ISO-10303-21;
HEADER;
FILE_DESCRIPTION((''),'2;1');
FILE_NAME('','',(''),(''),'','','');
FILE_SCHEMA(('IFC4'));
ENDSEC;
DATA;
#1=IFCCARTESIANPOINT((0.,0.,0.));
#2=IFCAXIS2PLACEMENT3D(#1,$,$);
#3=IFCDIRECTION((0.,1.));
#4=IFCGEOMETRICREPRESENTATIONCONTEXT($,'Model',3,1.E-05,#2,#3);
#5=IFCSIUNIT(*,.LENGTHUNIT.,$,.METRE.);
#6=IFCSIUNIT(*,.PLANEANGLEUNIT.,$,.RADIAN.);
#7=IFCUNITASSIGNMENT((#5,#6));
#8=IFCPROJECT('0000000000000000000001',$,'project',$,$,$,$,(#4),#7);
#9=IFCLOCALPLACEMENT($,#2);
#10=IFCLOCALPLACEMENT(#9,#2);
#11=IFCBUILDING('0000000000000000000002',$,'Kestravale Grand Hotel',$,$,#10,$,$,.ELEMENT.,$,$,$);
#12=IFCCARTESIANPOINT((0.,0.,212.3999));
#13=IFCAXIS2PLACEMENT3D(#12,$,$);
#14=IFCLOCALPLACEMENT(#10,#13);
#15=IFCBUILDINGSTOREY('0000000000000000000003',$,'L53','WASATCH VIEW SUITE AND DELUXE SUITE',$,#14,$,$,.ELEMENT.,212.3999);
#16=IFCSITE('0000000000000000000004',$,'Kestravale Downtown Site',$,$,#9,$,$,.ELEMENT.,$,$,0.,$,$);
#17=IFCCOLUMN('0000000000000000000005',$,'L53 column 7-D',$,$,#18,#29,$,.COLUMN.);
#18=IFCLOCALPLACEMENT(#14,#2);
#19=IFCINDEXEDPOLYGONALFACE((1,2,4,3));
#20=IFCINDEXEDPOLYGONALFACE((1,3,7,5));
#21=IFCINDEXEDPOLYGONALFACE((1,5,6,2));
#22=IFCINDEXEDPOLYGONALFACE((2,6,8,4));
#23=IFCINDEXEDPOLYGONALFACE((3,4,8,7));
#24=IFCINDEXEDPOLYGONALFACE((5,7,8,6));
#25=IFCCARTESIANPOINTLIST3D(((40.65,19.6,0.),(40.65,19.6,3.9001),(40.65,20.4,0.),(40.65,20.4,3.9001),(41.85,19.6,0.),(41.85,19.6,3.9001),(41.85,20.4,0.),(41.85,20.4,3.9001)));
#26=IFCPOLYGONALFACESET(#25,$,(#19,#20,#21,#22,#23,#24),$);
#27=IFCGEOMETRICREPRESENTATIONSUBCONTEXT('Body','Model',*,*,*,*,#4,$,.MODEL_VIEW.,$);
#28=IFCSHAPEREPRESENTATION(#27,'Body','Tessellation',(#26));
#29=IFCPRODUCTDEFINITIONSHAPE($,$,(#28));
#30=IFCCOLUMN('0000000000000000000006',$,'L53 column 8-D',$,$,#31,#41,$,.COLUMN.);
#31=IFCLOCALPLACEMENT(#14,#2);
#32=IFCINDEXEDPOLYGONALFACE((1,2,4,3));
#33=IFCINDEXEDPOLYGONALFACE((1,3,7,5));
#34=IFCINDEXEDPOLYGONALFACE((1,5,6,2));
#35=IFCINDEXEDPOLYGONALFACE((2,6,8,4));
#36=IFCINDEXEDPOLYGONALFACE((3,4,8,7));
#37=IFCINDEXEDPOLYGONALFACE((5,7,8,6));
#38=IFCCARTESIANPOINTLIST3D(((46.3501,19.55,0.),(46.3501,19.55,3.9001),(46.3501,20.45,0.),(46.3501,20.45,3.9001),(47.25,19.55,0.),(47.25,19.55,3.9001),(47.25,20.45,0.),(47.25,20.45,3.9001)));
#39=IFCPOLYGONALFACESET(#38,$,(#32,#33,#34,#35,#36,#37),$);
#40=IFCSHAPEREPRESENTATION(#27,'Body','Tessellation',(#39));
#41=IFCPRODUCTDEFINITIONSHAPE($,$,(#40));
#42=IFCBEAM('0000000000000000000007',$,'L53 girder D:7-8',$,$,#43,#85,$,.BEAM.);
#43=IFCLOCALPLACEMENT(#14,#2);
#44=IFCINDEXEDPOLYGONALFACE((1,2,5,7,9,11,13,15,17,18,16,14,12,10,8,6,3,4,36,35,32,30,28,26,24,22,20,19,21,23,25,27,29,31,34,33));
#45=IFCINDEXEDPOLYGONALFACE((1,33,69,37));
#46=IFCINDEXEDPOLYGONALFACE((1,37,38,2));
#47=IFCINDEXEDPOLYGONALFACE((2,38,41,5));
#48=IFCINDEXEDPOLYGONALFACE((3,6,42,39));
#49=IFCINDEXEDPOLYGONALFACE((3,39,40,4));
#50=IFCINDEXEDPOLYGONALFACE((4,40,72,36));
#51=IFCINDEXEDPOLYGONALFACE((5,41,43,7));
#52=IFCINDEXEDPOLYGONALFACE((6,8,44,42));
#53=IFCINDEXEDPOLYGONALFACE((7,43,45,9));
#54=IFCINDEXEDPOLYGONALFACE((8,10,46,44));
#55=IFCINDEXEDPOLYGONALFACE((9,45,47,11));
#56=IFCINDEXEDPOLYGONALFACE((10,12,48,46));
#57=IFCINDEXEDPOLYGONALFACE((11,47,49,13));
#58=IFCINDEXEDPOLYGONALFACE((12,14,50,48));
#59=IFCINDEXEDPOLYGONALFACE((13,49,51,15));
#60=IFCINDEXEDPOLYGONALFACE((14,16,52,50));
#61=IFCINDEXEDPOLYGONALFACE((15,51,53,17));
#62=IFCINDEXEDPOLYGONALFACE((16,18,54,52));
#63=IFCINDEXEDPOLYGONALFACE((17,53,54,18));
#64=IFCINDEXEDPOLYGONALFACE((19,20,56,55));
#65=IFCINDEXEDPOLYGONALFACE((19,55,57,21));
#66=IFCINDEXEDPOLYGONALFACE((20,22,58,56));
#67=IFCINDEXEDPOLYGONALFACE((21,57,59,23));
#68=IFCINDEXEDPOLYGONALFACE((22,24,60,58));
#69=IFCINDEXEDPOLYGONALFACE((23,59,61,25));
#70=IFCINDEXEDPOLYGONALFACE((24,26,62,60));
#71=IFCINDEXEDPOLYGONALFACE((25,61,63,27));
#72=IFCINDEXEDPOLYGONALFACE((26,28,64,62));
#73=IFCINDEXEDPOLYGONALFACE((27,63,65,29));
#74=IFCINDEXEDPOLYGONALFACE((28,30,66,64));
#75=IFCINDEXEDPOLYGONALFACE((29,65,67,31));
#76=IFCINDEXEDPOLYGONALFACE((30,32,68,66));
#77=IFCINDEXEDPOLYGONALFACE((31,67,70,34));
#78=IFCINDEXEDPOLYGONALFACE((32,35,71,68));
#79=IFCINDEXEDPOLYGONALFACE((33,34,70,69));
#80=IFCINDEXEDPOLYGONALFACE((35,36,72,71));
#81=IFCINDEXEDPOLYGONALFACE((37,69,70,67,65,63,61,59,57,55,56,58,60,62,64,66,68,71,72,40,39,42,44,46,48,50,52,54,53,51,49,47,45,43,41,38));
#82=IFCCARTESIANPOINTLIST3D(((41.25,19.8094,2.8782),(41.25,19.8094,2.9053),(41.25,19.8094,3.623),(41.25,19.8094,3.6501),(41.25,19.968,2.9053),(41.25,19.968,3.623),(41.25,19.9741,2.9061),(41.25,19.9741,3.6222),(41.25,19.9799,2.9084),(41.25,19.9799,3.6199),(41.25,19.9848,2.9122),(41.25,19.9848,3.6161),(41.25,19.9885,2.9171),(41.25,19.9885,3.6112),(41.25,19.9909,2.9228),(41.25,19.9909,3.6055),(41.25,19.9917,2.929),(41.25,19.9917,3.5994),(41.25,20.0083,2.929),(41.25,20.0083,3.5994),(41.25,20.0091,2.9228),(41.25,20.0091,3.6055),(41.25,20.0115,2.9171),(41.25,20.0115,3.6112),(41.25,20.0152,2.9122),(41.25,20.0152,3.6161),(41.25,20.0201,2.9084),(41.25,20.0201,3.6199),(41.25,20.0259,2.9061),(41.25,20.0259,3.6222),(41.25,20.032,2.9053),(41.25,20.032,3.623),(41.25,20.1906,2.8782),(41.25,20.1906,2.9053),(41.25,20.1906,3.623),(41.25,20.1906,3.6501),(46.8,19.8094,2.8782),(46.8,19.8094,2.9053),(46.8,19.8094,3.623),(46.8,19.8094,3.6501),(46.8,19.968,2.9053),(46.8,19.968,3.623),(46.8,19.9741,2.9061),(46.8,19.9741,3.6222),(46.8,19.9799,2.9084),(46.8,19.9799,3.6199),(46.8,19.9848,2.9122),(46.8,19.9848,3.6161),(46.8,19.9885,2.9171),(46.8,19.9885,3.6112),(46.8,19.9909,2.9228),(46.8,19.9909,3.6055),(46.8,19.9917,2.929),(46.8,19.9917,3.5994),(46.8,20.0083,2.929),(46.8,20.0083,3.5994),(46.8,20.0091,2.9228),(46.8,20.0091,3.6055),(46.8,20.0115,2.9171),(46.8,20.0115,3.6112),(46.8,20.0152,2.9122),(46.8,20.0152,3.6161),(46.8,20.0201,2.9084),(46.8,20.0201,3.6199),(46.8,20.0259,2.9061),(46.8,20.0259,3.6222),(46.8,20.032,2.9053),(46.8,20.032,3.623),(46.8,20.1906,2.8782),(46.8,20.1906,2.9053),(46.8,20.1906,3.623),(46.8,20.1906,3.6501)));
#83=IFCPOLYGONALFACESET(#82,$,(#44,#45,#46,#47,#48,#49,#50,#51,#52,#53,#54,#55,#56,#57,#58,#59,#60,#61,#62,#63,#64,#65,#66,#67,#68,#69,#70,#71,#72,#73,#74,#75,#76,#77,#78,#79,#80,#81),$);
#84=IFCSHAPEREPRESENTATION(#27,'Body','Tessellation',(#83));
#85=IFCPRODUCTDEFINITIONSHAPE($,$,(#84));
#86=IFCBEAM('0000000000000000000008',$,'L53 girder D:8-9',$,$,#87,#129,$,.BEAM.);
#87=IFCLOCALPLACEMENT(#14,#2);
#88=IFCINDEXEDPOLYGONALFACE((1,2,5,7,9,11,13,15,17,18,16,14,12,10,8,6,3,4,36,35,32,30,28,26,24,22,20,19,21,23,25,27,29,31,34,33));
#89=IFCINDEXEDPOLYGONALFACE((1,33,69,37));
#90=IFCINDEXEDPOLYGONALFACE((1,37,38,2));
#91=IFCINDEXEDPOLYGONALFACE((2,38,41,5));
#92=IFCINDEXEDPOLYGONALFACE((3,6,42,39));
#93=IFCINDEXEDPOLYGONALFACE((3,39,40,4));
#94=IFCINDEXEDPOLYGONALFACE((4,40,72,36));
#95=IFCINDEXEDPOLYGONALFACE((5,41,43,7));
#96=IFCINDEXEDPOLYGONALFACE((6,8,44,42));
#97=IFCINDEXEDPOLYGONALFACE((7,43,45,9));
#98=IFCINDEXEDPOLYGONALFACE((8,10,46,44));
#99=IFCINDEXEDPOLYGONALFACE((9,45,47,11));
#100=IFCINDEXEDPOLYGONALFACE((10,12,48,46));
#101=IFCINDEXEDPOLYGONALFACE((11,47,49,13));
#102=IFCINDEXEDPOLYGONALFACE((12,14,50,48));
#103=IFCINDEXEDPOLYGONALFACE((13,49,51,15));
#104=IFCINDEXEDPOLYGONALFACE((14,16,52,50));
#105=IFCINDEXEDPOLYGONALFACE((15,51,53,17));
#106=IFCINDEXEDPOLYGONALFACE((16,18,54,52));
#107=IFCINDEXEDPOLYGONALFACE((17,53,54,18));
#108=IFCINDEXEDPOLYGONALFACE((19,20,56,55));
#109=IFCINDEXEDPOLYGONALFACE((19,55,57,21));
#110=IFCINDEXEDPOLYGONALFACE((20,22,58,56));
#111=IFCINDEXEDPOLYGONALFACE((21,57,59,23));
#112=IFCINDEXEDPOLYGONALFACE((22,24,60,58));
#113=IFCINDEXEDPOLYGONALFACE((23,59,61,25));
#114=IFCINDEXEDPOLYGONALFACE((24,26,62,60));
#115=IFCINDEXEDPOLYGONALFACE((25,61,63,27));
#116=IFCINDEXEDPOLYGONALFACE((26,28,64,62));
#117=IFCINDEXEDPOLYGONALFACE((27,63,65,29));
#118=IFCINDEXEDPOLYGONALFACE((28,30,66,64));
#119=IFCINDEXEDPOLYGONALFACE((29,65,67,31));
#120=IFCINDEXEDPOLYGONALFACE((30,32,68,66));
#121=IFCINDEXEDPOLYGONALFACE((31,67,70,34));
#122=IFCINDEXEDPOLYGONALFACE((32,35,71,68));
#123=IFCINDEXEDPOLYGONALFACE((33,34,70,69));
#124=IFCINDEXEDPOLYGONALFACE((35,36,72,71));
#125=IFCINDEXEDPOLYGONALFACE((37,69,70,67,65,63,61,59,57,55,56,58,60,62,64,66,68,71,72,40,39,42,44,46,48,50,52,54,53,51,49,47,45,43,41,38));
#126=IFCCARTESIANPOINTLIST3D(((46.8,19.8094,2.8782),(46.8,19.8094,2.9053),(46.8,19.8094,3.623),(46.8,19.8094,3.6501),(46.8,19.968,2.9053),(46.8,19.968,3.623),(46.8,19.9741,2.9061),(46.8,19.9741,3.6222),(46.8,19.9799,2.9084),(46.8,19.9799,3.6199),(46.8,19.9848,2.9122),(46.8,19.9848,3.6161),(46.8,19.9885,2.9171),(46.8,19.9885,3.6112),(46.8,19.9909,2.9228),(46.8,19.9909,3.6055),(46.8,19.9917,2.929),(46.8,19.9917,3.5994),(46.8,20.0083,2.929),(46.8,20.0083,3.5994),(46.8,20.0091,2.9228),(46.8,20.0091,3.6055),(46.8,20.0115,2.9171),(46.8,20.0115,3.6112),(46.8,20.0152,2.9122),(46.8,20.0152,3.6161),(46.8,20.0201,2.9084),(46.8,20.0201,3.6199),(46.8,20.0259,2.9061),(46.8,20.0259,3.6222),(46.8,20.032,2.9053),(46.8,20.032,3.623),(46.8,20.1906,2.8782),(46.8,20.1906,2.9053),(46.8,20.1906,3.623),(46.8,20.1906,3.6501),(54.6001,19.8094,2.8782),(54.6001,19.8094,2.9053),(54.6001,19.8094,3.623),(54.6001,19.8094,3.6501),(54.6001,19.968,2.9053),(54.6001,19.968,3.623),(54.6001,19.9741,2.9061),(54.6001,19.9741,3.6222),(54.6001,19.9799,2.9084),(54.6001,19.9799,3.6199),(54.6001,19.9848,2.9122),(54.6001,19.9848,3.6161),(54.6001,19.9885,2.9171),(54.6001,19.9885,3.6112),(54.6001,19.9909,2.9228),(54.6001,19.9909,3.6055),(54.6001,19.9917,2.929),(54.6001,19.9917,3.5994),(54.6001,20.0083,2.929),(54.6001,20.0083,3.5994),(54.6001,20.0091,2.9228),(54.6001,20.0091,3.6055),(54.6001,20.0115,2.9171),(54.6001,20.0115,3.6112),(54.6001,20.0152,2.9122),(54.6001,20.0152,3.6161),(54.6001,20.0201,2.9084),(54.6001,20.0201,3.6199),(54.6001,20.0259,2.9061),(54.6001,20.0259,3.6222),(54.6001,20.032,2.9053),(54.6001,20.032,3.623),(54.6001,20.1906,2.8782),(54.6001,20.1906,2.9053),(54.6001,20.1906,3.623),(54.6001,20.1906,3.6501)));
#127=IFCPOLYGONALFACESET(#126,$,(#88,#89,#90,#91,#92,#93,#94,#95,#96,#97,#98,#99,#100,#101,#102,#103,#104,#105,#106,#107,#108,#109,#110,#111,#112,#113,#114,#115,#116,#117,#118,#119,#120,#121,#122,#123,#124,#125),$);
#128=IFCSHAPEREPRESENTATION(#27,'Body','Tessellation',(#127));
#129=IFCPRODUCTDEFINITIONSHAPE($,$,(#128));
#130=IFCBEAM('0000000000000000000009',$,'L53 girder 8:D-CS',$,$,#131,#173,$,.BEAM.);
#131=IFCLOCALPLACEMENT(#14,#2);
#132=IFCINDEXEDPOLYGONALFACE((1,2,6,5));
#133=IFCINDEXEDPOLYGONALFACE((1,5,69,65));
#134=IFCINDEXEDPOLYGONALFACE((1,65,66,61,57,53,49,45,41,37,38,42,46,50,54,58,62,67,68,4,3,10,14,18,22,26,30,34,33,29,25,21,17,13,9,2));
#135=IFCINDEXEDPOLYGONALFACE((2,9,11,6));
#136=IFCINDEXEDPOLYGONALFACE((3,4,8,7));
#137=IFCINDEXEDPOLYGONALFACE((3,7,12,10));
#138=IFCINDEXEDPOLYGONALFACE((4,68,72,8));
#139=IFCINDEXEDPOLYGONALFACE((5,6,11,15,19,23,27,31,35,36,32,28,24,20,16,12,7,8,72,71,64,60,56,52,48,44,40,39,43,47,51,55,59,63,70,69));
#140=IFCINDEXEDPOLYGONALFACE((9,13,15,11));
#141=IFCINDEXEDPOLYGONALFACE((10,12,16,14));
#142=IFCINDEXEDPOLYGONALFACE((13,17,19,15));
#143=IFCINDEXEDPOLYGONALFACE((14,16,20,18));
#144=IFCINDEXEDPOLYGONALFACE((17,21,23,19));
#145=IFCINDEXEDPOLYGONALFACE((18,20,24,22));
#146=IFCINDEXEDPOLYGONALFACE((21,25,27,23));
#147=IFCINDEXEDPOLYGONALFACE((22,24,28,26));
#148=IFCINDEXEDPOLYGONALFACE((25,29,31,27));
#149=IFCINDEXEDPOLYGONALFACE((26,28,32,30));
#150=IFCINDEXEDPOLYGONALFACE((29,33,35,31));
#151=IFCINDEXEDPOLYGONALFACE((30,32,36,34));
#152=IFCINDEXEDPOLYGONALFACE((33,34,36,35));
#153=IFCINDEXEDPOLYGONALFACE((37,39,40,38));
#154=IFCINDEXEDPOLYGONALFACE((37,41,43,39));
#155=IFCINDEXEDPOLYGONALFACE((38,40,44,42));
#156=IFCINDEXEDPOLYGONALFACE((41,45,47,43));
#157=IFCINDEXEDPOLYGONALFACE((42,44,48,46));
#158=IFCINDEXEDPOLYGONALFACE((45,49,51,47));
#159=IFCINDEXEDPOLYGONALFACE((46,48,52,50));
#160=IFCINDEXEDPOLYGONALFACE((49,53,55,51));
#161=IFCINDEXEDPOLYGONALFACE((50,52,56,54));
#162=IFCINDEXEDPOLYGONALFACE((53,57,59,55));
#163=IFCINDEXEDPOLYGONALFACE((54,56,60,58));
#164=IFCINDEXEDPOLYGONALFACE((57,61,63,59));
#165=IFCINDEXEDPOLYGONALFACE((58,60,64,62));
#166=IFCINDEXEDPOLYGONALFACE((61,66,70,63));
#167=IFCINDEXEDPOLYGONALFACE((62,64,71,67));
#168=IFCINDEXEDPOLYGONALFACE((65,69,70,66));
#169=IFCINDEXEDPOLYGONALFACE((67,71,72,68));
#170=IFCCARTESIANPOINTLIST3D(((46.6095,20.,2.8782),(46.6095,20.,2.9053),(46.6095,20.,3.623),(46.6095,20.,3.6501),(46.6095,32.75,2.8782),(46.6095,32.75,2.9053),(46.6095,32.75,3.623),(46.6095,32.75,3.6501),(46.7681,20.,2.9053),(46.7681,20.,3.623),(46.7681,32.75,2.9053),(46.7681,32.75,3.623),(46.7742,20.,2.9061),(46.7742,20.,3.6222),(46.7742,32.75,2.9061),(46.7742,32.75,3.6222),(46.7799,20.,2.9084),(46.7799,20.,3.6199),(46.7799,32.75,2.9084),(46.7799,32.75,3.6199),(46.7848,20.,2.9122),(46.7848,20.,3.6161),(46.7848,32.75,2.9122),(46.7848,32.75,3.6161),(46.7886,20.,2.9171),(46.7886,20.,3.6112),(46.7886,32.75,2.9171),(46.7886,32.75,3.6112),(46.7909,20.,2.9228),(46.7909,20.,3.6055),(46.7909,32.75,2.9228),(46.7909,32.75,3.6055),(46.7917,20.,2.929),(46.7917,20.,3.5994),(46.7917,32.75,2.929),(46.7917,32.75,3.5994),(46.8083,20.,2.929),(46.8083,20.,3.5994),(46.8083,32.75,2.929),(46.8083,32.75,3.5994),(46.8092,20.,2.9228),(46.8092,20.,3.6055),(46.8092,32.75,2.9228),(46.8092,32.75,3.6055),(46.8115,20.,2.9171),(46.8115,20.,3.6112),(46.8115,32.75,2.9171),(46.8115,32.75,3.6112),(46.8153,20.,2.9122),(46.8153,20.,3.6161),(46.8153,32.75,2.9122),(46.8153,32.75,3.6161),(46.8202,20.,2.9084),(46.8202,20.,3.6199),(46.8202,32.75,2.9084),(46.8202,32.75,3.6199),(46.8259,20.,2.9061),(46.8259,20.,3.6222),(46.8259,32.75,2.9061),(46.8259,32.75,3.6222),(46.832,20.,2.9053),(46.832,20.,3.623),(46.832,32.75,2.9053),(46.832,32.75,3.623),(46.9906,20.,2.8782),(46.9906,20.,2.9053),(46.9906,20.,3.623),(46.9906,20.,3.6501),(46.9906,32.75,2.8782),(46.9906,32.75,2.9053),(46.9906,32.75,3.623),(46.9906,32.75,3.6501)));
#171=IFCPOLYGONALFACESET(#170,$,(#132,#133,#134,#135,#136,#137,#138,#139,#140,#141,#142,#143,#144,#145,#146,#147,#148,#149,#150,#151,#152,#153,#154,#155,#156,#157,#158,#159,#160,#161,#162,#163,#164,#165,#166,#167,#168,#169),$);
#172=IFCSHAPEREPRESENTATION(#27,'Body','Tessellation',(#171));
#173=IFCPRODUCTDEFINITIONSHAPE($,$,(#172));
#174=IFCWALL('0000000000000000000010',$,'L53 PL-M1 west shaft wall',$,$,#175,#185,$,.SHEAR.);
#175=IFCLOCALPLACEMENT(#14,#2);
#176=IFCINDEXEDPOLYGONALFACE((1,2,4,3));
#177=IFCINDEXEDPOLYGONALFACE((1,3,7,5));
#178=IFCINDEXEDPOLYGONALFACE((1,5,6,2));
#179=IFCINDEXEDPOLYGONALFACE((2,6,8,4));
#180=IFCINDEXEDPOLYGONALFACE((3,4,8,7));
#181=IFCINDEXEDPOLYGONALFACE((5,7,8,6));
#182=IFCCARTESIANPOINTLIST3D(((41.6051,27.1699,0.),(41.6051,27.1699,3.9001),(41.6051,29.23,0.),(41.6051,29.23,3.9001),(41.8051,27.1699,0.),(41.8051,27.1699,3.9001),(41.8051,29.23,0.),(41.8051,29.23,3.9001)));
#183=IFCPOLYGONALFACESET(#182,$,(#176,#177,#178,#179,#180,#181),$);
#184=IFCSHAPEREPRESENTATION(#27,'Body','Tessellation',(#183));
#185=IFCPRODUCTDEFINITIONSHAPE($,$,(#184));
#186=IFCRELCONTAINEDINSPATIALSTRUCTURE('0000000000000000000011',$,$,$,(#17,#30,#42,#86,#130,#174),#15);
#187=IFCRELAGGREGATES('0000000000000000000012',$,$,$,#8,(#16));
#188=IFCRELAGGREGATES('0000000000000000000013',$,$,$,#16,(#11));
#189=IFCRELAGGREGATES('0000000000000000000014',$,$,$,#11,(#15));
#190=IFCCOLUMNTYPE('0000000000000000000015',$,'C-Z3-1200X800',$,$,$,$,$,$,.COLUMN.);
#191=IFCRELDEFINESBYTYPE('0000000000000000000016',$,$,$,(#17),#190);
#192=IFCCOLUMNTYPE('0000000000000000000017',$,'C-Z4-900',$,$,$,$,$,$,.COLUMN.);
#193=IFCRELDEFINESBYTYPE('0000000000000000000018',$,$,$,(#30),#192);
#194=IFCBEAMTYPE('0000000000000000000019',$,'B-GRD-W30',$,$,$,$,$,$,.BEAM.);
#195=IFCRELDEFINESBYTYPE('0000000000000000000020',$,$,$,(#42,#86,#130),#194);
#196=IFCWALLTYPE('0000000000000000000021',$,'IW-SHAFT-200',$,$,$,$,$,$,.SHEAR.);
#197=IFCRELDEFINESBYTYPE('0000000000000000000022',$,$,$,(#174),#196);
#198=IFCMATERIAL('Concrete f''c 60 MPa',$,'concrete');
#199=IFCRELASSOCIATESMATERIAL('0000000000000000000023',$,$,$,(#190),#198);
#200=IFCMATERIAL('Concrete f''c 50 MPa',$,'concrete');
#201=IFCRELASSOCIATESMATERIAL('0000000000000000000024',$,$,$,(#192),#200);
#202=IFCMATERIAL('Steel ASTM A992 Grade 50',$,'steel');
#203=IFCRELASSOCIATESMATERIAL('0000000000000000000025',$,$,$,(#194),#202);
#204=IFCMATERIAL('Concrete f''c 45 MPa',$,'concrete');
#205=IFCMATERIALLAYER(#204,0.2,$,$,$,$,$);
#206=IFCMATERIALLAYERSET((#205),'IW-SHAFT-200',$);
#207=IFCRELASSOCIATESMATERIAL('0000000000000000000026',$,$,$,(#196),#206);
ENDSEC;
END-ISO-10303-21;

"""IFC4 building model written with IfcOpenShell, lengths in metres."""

from ifc_helpers import new_model, si_unit, direction, frame, frame_2d, origin, origin_2d, place, context, subcontext, project, spatial, rectangle, i_section, extrude, material, layer, layer_set, material_profile, profile_set, type_object, element, save


model = new_model("IFC4")

# Units and contexts
model_context = context("Model", 3, precision=1e-05, world=origin(), true_north=direction((0.0, 1.0)))
body_context = subcontext(model_context, "Body", "Model", "MODEL_VIEW")
ifc_project = project(units=[si_unit("LENGTHUNIT", "METRE"), si_unit("PLANEANGLEUNIT", "RADIAN")], contexts=[model_context])

# Site, building, storey
site_placement = place(None, origin())
site = spatial("IfcSite", under=ifc_project, at=site_placement, Name="Kestravale Downtown Site", CompositionType="ELEMENT", RefElevation=0.0)
building_placement = place(site_placement, origin())
building = spatial("IfcBuilding", under=site, at=building_placement, Name="Kestravale Grand Hotel", CompositionType="ELEMENT")
storey_placement = place(building_placement, frame((0.0, 0.0, 212.3999)))
storey = spatial("IfcBuildingStorey", under=building, at=storey_placement, Name="L53", Description="WASATCH VIEW SUITE AND DELUXE SUITE", CompositionType="ELEMENT", Elevation=212.3999)

# Columns
ifc_material_1 = material(Name="Concrete f'c 60 MPa", Category="concrete")
ifc_material_profile_1 = material_profile(ifc_material_1, rectangle(XDim=1.2, YDim=0.8, at=origin_2d()))
ifc_profile_set_1 = profile_set([ifc_material_profile_1], Name="Concrete f'c 60 MPa")
column_type_1 = type_object("IfcColumnType", Name="C-Z3-1200X800", PredefinedType="COLUMN", material=ifc_profile_set_1)
column_1_placement = place(storey_placement, frame((41.25, 20.0, 0.0), z_axis=(0.0, 0.0, 1.0), x_axis=(1.0, 0.0, 0.0)))
element("IfcColumn", 1, at=column_1_placement, inside=storey, type_object=column_type_1, Name="L53 column 7-D", PredefinedType="COLUMN", context=body_context, shape_type="SweptSolid", body=[
    extrude(rectangle(XDim=1.2, YDim=0.8, at=origin_2d()), origin(), (0.0, 0.0, 1.0), 3.9001),
])
ifc_material_2 = material(Name="Concrete f'c 50 MPa", Category="concrete")
ifc_material_profile_2 = material_profile(ifc_material_2, rectangle(XDim=0.8999, YDim=0.8999, at=origin_2d()))
ifc_profile_set_2 = profile_set([ifc_material_profile_2], Name="Concrete f'c 50 MPa")
column_type_2 = type_object("IfcColumnType", Name="C-Z4-900", PredefinedType="COLUMN", material=ifc_profile_set_2)
column_2_placement = place(storey_placement, frame((46.8, 20.0, 0.0), z_axis=(0.0, 0.0, 1.0), x_axis=(1.0, 0.0, 0.0)))
element("IfcColumn", 2, at=column_2_placement, inside=storey, type_object=column_type_2, Name="L53 column 8-D", PredefinedType="COLUMN", context=body_context, shape_type="SweptSolid", body=[
    extrude(rectangle(XDim=0.8999, YDim=0.8999, at=origin_2d()), origin(), (0.0, 0.0, 1.0), 3.9001),
])

# Beams
ifc_material_3 = material(Name="Steel ASTM A992 Grade 50", Category="steel")
ifc_material_profile_3 = material_profile(ifc_material_3, i_section(OverallWidth=0.3811, OverallDepth=0.772, WebThickness=0.0166, FlangeThickness=0.0271, FilletRadius=0.0237, at=origin_2d()))
ifc_profile_set_3 = profile_set([ifc_material_profile_3], Name="Steel ASTM A992 Grade 50")
beam_type = type_object("IfcBeamType", Name="B-GRD-W30", PredefinedType="BEAM", material=ifc_profile_set_3)
beam_1_placement = place(storey_placement, frame((41.25, 20.0, 3.2642), z_axis=(1.0, 0.0, 0.0), x_axis=(0.0, 1.0, 0.0)))
element("IfcBeam", 3, at=beam_1_placement, inside=storey, type_object=beam_type, Name="L53 girder D:7-8", PredefinedType="BEAM", context=body_context, shape_type="SweptSolid", body=[
    extrude(i_section(OverallWidth=0.3811, OverallDepth=0.772, WebThickness=0.0166, FlangeThickness=0.0271, FilletRadius=0.0237, at=origin_2d()), origin(), (0.0, 0.0, 1.0), 5.55),
])
beam_2_placement = place(storey_placement, frame((46.8, 20.0, 3.2642), z_axis=(1.0, 0.0, 0.0), x_axis=(0.0, 1.0, 0.0)))
element("IfcBeam", 4, at=beam_2_placement, inside=storey, type_object=beam_type, Name="L53 girder D:8-9", PredefinedType="BEAM", context=body_context, shape_type="SweptSolid", body=[
    extrude(i_section(OverallWidth=0.3811, OverallDepth=0.772, WebThickness=0.0166, FlangeThickness=0.0271, FilletRadius=0.0237, at=origin_2d()), origin(), (0.0, 0.0, 1.0), 7.8),
])
beam_3_placement = place(storey_placement, frame((46.8, 20.0, 3.2642), z_axis=(0.0, 1.0, 0.0), x_axis=(-1.0, 0.0, 0.0)))
element("IfcBeam", 5, at=beam_3_placement, inside=storey, type_object=beam_type, Name="L53 girder 8:D-CS", PredefinedType="BEAM", context=body_context, shape_type="SweptSolid", body=[
    extrude(i_section(OverallWidth=0.3811, OverallDepth=0.772, WebThickness=0.0166, FlangeThickness=0.0271, FilletRadius=0.0237, at=origin_2d()), origin(), (0.0, 0.0, 1.0), 12.75),
])

# Wall
ifc_material_4 = material(Name="Concrete f'c 45 MPa", Category="concrete")
ifc_layer_1 = layer(ifc_material_4, 0.2)
ifc_layer_set_1 = layer_set([ifc_layer_1], Name="IW-SHAFT-200")
wall_type_1 = type_object("IfcWallType", Name="IW-SHAFT-200", PredefinedType="SHEAR", material=ifc_layer_set_1)
for number, where, z_axis, x_axis, name in (
    (6, (41.7051, 27.1699, 0.0), (0.0, 0.0, 1.0), (0.0, 1.0, 0.0), "L53 PL-M1 west shaft wall"),
):
    element("IfcWall", number, at=place(storey_placement, frame(where, z_axis=z_axis, x_axis=x_axis)), inside=storey, type_object=wall_type_1, Name=name, PredefinedType="SHEAR", context=body_context, shape_type="SweptSolid", body=[
        extrude(rectangle(XDim=2.0601, YDim=0.2, at=frame_2d((1.03, 0.0))), origin(), (0.0, 0.0, 1.0), 3.9001),
    ])

save(model, "model.ifc")
